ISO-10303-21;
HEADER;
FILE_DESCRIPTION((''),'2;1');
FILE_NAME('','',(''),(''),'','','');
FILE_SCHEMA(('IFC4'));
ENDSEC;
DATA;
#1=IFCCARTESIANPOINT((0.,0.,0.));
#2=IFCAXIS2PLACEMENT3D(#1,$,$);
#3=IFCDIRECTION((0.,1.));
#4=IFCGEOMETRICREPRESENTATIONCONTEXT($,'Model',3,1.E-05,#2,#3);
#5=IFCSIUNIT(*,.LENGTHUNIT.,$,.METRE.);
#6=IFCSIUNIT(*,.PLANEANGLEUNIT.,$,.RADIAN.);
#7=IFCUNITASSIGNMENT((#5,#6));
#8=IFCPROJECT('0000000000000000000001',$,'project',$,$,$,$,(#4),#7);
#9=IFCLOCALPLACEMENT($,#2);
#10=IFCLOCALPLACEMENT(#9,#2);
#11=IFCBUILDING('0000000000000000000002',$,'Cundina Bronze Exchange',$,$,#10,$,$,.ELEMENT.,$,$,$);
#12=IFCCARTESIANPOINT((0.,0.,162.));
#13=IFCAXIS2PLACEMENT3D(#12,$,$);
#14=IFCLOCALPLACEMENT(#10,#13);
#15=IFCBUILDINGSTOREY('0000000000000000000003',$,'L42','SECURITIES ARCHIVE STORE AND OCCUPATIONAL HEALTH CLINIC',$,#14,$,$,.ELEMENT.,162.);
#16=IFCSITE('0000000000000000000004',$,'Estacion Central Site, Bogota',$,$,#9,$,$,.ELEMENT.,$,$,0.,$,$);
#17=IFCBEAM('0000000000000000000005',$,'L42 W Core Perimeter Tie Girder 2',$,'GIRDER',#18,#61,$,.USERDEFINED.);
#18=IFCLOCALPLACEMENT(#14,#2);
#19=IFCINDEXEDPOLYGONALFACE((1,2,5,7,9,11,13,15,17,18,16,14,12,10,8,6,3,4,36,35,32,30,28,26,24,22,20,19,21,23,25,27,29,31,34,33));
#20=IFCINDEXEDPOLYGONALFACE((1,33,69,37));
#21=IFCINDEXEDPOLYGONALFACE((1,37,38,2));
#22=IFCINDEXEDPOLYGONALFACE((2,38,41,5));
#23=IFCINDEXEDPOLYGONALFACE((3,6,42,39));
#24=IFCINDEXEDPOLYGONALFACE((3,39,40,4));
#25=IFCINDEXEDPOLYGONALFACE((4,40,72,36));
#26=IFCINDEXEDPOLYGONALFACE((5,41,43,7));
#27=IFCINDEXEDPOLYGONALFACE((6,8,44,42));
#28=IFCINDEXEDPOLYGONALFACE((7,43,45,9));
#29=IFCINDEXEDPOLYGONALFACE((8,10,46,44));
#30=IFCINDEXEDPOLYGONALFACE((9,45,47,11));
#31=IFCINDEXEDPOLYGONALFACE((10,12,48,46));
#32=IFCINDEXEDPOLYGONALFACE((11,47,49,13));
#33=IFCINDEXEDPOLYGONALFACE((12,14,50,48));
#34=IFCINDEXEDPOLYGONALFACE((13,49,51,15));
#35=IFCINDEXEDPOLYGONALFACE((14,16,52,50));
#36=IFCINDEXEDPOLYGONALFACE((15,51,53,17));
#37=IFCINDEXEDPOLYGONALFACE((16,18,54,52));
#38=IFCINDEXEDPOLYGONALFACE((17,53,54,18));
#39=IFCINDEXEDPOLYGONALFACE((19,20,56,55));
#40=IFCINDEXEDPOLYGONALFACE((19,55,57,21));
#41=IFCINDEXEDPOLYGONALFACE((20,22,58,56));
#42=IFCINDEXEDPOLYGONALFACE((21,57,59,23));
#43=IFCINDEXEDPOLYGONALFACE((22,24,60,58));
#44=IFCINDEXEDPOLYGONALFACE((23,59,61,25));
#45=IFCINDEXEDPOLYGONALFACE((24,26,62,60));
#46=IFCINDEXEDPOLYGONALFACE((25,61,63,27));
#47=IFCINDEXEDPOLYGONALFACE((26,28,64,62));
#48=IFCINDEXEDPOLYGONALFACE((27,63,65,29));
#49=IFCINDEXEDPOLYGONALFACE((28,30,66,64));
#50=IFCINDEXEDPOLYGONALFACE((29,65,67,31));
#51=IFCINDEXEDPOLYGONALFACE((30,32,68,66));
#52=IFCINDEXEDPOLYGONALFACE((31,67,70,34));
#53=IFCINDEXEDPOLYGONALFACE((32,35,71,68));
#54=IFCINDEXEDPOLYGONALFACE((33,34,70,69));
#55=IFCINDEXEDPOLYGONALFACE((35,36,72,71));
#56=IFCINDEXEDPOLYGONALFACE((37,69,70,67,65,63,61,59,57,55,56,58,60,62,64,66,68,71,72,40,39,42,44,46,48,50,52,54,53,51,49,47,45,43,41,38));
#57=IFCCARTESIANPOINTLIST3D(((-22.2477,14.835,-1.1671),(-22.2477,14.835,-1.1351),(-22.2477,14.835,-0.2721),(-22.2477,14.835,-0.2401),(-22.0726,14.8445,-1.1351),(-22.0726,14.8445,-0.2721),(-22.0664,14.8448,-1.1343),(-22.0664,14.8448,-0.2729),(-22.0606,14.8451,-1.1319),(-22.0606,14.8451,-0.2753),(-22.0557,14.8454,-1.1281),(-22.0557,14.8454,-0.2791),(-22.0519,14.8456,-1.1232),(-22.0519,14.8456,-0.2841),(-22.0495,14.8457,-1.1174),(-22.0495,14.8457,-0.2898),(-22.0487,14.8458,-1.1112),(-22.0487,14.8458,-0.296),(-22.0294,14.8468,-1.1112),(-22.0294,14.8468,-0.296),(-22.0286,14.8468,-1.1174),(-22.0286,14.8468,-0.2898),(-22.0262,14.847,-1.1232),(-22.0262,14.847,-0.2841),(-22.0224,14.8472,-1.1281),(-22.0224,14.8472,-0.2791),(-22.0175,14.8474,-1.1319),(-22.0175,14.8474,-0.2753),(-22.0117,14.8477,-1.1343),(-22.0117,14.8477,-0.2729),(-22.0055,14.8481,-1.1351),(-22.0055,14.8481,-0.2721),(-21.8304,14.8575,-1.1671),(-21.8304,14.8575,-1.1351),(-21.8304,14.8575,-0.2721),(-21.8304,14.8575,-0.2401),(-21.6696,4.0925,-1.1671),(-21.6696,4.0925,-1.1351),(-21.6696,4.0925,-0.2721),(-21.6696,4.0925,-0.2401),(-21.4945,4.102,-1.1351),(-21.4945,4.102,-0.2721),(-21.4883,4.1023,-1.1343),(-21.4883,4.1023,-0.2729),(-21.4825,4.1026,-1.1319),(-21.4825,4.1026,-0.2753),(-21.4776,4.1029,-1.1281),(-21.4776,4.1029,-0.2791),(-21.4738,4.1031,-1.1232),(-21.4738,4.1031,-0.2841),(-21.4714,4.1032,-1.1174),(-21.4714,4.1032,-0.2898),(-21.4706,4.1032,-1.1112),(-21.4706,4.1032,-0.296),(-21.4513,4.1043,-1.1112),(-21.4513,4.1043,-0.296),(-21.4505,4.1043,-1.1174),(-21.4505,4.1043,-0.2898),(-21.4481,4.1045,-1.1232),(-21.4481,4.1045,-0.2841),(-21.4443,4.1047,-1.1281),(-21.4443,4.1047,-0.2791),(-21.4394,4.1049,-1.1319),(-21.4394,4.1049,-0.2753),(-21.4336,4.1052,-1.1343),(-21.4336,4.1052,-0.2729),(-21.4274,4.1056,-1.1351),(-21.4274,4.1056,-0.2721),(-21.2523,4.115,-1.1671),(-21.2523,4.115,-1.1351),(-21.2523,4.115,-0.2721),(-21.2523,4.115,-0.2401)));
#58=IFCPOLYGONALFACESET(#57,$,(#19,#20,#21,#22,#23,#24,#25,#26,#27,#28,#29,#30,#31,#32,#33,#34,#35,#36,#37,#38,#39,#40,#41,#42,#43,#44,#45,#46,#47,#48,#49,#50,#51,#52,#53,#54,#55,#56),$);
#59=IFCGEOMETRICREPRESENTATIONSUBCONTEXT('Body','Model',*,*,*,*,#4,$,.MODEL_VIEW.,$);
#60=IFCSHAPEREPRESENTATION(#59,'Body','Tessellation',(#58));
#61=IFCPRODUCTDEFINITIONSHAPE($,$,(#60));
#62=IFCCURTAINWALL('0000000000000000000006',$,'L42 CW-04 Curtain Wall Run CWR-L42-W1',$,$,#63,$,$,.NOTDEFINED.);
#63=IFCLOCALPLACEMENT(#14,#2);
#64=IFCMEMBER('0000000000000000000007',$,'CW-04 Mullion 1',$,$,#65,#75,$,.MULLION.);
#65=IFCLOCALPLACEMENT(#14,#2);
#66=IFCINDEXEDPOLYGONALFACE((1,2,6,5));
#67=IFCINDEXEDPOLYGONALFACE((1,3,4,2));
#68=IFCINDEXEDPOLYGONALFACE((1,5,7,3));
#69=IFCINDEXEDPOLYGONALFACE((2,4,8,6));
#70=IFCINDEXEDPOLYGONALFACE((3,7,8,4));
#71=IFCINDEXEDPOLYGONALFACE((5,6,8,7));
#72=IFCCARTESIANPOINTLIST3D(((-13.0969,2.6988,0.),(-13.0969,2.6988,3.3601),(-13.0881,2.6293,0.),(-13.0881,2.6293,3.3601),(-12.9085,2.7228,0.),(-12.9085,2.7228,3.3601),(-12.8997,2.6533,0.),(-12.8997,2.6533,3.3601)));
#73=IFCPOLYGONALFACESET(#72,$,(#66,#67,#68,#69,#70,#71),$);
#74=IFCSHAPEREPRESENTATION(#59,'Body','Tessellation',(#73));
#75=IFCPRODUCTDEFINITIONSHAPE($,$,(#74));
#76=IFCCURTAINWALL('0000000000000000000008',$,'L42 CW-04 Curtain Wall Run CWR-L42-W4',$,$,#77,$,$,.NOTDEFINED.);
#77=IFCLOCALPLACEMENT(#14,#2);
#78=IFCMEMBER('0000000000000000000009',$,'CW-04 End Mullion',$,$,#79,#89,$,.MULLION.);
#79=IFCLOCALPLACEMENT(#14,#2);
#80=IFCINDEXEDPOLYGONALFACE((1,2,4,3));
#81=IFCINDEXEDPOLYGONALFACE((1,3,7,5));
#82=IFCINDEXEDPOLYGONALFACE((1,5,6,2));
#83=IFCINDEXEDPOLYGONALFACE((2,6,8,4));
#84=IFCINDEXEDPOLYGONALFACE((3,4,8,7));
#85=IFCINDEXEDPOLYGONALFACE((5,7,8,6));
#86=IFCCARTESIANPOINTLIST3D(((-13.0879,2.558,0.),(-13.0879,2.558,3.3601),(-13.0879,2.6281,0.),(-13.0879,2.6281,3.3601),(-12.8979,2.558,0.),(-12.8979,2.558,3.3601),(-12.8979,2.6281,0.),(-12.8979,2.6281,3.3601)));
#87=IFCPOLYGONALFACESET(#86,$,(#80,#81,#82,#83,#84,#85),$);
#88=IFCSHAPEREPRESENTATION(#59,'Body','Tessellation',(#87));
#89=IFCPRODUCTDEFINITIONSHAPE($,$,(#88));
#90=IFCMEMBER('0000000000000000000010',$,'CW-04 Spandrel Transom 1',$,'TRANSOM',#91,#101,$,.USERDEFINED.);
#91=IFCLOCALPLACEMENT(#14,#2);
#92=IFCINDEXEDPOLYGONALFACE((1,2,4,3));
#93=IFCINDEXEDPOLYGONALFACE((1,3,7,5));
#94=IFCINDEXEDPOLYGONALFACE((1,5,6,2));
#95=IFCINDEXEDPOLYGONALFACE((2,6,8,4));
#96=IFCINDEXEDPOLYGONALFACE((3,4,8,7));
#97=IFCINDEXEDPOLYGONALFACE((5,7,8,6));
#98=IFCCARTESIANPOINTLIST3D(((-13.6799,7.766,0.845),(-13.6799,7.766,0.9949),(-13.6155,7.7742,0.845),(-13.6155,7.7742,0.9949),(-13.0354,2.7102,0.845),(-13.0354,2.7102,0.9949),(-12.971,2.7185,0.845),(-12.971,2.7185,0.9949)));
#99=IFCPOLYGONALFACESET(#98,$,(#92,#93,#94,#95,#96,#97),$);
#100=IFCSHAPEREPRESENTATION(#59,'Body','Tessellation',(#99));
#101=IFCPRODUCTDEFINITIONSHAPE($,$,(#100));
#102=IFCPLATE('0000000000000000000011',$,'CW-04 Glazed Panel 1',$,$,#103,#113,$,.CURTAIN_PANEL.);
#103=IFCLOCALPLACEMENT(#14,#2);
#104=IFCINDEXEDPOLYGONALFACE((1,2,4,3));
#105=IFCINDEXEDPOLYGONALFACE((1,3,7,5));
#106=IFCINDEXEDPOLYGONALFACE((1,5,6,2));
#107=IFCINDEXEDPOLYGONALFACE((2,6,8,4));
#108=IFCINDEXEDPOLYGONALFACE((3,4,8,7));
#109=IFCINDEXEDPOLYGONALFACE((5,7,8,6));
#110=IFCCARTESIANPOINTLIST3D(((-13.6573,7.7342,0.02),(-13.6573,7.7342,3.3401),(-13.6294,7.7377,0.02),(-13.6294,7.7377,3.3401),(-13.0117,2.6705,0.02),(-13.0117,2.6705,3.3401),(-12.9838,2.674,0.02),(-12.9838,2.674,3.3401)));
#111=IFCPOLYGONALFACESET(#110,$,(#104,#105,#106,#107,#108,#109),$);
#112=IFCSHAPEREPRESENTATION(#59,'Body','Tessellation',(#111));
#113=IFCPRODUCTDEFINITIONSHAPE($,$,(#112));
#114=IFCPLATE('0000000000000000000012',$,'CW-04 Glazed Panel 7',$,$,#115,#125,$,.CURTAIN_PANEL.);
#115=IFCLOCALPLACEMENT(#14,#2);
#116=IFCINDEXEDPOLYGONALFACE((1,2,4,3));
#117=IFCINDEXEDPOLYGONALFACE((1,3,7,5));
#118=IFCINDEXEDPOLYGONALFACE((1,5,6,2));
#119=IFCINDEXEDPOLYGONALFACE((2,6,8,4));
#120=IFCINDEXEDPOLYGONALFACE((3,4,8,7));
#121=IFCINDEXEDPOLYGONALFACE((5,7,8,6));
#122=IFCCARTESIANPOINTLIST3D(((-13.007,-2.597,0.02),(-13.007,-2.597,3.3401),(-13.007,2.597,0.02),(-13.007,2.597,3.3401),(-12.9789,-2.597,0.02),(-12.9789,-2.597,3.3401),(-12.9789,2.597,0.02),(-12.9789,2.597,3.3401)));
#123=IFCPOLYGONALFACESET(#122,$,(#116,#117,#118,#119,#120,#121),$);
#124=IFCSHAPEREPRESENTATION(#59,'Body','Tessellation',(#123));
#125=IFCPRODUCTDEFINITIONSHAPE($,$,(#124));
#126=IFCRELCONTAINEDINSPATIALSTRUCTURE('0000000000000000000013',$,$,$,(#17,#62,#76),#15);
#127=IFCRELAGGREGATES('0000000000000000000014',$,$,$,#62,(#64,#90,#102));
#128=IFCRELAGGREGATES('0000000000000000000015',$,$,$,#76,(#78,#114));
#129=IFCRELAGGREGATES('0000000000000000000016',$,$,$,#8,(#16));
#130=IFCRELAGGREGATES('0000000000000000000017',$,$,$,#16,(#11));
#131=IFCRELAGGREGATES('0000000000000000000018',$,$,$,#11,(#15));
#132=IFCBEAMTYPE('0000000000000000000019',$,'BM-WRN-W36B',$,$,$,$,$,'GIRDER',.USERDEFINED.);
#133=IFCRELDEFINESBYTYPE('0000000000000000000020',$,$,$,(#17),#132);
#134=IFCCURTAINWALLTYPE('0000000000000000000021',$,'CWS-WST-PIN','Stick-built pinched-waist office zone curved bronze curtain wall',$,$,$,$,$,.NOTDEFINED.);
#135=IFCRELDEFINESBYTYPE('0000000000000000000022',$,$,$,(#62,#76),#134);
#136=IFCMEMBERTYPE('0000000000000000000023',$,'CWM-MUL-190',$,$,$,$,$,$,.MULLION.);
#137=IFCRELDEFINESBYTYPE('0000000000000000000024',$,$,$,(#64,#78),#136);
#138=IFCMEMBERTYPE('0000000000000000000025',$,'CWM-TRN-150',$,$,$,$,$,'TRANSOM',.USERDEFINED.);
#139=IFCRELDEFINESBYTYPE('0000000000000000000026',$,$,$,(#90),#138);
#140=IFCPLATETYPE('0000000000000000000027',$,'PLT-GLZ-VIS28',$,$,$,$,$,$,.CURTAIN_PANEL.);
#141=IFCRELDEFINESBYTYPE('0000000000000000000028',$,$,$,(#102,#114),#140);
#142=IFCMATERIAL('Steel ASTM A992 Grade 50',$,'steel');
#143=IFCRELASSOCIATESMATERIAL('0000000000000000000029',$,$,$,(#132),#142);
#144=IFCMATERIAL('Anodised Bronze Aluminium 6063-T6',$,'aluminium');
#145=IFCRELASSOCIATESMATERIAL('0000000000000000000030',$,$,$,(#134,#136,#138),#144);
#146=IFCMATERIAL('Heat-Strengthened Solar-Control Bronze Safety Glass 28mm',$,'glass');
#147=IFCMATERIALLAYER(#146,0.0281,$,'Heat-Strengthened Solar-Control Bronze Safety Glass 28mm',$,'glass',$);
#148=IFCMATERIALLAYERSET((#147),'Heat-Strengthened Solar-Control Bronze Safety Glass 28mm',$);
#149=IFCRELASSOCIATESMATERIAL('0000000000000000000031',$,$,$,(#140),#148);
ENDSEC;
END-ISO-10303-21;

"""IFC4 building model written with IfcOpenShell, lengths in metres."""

from ifc_helpers import new_model, si_unit, direction, frame, origin, origin_2d, place, context, subcontext, project, spatial, rectangle, i_section, extrude, material, layer, layer_set, material_profile, profile_set, type_object, element, aggregate, save


model = new_model("IFC4")

# Units and contexts
model_context = context("Model", 3, precision=1e-05, world=origin(), true_north=direction((0.0, 1.0)))
body_context = subcontext(model_context, "Body", "Model", "MODEL_VIEW")
ifc_project = project(units=[si_unit("LENGTHUNIT", "METRE"), si_unit("PLANEANGLEUNIT", "RADIAN")], contexts=[model_context])

# Site, building, storey
site_placement = place(None, origin())
site = spatial("IfcSite", under=ifc_project, at=site_placement, Name="Estacion Central Site, Bogota", CompositionType="ELEMENT", RefElevation=0.0)
building_placement = place(site_placement, origin())
building = spatial("IfcBuilding", under=site, at=building_placement, Name="Cundina Bronze Exchange", CompositionType="ELEMENT")
storey_placement = place(building_placement, frame((0.0, 0.0, 162.0)))
storey = spatial("IfcBuildingStorey", under=building, at=storey_placement, Name="L42", Description="SECURITIES ARCHIVE STORE AND OCCUPATIONAL HEALTH CLINIC", CompositionType="ELEMENT", Elevation=162.0)

# Shared definitions
ifc_material_1 = material(Name="Steel ASTM A992 Grade 50", Category="steel")

# Beam
ifc_material_profile_1 = material_profile(ifc_material_1, i_section(OverallWidth=0.418, OverallDepth=0.927, WebThickness=0.0193, FlangeThickness=0.032, FilletRadius=0.0239, at=origin_2d()), Name="W36X231", Category="steel")
ifc_profile_set_1 = profile_set([ifc_material_profile_1], Name="Steel ASTM A992 Grade 50")
beam_type_1 = type_object("IfcBeamType", Name="BM-WRN-W36B", ElementType="GIRDER", PredefinedType="USERDEFINED", material=ifc_profile_set_1)
beam_1_placement = place(storey_placement, frame((-21.4609, 4.1038, -0.7036), z_axis=(-0.053739, 0.998555, 0.0), x_axis=(-0.998555, -0.053739, 0.0)))
element("IfcBeam", 1, at=beam_1_placement, inside=storey, type_object=beam_type_1, Name="L42 W Core Perimeter Tie Girder 2", ObjectType="GIRDER", PredefinedType="USERDEFINED", context=body_context, shape_type="SweptSolid", body=[
    extrude(i_section(OverallWidth=0.418, OverallDepth=0.927, WebThickness=0.0193, FlangeThickness=0.032, FilletRadius=0.0239, at=origin_2d()), origin(), (0.0, 0.0, 1.0), 10.7581),
])

# Curtain walls, members
ifc_material_2 = material(Name="Anodised Bronze Aluminium 6063-T6", Category="aluminium")
curtain_wall_type = type_object("IfcCurtainWallType", Name="CWS-WST-PIN", Description="Stick-built pinched-waist office zone curved bronze curtain wall", PredefinedType="NOTDEFINED", material=ifc_material_2)
curtain_wall_1_placement = place(storey_placement, origin())
curtain_wall_1 = element("IfcCurtainWall", 2, at=curtain_wall_1_placement, inside=storey, type_object=curtain_wall_type, Name="L42 CW-04 Curtain Wall Run CWR-L42-W1", PredefinedType="NOTDEFINED")
ifc_material_profile_2 = material_profile(ifc_material_2, rectangle(XDim=0.0701, YDim=0.1899, at=origin_2d()), Name="AL70X190", Category="aluminium")
ifc_profile_set_2 = profile_set([ifc_material_profile_2], Name="Anodised Bronze Aluminium 6063-T6")
member_type_1 = type_object("IfcMemberType", Name="CWM-MUL-190", PredefinedType="MULLION", material=ifc_profile_set_2)
member_1_placement = place(storey_placement, frame((-12.9983, 2.676, 0.0), z_axis=(0.0, 0.0, 1.0), x_axis=(-0.126545, 0.991961, 0.0)))
member_1 = element("IfcMember", 3, at=member_1_placement, type_object=member_type_1, Name="CW-04 Mullion 1", PredefinedType="MULLION", context=body_context, shape_type="SweptSolid", body=[
    extrude(rectangle(XDim=0.0701, YDim=0.1899, at=origin_2d()), origin(), (0.0, 0.0, 1.0), 3.3601),
])
curtain_wall_2_placement = place(storey_placement, origin())
curtain_wall_2 = element("IfcCurtainWall", 4, at=curtain_wall_2_placement, inside=storey, type_object=curtain_wall_type, Name="L42 CW-04 Curtain Wall Run CWR-L42-W4", PredefinedType="NOTDEFINED")
member_2_placement = place(storey_placement, frame((-12.9929, 2.593, 0.0), z_axis=(0.0, 0.0, 1.0), x_axis=(0.0, 1.0, 0.0)))
member_2 = element("IfcMember", 5, at=member_2_placement, type_object=member_type_1, Name="CW-04 End Mullion", PredefinedType="MULLION", context=body_context, shape_type="SweptSolid", body=[
    extrude(rectangle(XDim=0.0701, YDim=0.1899, at=origin_2d()), origin(), (0.0, 0.0, 1.0), 3.3601),
])

# Member
ifc_material_profile_3 = material_profile(ifc_material_2, rectangle(XDim=0.0649, YDim=0.1499, at=origin_2d()), Name="AL65X150", Category="aluminium")
ifc_profile_set_3 = profile_set([ifc_material_profile_3], Name="Anodised Bronze Aluminium 6063-T6")
member_type_2 = type_object("IfcMemberType", Name="CWM-TRN-150", ElementType="TRANSOM", PredefinedType="USERDEFINED", material=ifc_profile_set_3)
member_3_placement = place(storey_placement, frame((-13.0032, 2.7144, 0.9199), z_axis=(-0.126463, 0.991971, 0.0), x_axis=(-0.991971, -0.126463, 0.0)))
member_3 = element("IfcMember", 6, at=member_3_placement, type_object=member_type_2, Name="CW-04 Spandrel Transom 1", ObjectType="TRANSOM", PredefinedType="USERDEFINED", context=body_context, shape_type="SweptSolid", body=[
    extrude(rectangle(XDim=0.0649, YDim=0.1499, at=origin_2d()), origin(), (0.0, 0.0, 1.0), 5.0967),
])

# Plates
ifc_material_3 = material(Name="Heat-Strengthened Solar-Control Bronze Safety Glass 28mm", Category="glass")
ifc_layer_1 = layer(ifc_material_3, 0.0281, Name="Heat-Strengthened Solar-Control Bronze Safety Glass 28mm", Category="glass")
ifc_layer_set_1 = layer_set([ifc_layer_1], Name="Heat-Strengthened Solar-Control Bronze Safety Glass 28mm")
plate_type = type_object("IfcPlateType", Name="PLT-GLZ-VIS28", PredefinedType="CURTAIN_PANEL", material=ifc_layer_set_1)
plate_1_placement = place(storey_placement, frame((-13.3206, 5.2041, 0.02), z_axis=(0.0, 0.0, 1.0), x_axis=(-0.126476, 0.99197, 0.0)))
plate_1 = element("IfcPlate", 7, at=plate_1_placement, type_object=plate_type, Name="CW-04 Glazed Panel 1", PredefinedType="CURTAIN_PANEL", context=body_context, shape_type="SweptSolid", body=[
    extrude(rectangle(XDim=5.1047, YDim=0.0281, at=origin_2d()), origin(), (0.0, 0.0, 1.0), 3.3201),
])
aggregate(curtain_wall_1, [member_1, member_3, plate_1])
plate_2_placement = place(storey_placement, frame((-12.9929, 0.0, 0.02), z_axis=(0.0, 0.0, 1.0), x_axis=(0.0, 1.0, 0.0)))
plate_2 = element("IfcPlate", 8, at=plate_2_placement, type_object=plate_type, Name="CW-04 Glazed Panel 7", PredefinedType="CURTAIN_PANEL", context=body_context, shape_type="SweptSolid", body=[
    extrude(rectangle(XDim=5.1941, YDim=0.0281, at=origin_2d()), origin(), (0.0, 0.0, 1.0), 3.3201),
])
aggregate(curtain_wall_2, [member_2, plate_2])

save(model, "model.ifc")
